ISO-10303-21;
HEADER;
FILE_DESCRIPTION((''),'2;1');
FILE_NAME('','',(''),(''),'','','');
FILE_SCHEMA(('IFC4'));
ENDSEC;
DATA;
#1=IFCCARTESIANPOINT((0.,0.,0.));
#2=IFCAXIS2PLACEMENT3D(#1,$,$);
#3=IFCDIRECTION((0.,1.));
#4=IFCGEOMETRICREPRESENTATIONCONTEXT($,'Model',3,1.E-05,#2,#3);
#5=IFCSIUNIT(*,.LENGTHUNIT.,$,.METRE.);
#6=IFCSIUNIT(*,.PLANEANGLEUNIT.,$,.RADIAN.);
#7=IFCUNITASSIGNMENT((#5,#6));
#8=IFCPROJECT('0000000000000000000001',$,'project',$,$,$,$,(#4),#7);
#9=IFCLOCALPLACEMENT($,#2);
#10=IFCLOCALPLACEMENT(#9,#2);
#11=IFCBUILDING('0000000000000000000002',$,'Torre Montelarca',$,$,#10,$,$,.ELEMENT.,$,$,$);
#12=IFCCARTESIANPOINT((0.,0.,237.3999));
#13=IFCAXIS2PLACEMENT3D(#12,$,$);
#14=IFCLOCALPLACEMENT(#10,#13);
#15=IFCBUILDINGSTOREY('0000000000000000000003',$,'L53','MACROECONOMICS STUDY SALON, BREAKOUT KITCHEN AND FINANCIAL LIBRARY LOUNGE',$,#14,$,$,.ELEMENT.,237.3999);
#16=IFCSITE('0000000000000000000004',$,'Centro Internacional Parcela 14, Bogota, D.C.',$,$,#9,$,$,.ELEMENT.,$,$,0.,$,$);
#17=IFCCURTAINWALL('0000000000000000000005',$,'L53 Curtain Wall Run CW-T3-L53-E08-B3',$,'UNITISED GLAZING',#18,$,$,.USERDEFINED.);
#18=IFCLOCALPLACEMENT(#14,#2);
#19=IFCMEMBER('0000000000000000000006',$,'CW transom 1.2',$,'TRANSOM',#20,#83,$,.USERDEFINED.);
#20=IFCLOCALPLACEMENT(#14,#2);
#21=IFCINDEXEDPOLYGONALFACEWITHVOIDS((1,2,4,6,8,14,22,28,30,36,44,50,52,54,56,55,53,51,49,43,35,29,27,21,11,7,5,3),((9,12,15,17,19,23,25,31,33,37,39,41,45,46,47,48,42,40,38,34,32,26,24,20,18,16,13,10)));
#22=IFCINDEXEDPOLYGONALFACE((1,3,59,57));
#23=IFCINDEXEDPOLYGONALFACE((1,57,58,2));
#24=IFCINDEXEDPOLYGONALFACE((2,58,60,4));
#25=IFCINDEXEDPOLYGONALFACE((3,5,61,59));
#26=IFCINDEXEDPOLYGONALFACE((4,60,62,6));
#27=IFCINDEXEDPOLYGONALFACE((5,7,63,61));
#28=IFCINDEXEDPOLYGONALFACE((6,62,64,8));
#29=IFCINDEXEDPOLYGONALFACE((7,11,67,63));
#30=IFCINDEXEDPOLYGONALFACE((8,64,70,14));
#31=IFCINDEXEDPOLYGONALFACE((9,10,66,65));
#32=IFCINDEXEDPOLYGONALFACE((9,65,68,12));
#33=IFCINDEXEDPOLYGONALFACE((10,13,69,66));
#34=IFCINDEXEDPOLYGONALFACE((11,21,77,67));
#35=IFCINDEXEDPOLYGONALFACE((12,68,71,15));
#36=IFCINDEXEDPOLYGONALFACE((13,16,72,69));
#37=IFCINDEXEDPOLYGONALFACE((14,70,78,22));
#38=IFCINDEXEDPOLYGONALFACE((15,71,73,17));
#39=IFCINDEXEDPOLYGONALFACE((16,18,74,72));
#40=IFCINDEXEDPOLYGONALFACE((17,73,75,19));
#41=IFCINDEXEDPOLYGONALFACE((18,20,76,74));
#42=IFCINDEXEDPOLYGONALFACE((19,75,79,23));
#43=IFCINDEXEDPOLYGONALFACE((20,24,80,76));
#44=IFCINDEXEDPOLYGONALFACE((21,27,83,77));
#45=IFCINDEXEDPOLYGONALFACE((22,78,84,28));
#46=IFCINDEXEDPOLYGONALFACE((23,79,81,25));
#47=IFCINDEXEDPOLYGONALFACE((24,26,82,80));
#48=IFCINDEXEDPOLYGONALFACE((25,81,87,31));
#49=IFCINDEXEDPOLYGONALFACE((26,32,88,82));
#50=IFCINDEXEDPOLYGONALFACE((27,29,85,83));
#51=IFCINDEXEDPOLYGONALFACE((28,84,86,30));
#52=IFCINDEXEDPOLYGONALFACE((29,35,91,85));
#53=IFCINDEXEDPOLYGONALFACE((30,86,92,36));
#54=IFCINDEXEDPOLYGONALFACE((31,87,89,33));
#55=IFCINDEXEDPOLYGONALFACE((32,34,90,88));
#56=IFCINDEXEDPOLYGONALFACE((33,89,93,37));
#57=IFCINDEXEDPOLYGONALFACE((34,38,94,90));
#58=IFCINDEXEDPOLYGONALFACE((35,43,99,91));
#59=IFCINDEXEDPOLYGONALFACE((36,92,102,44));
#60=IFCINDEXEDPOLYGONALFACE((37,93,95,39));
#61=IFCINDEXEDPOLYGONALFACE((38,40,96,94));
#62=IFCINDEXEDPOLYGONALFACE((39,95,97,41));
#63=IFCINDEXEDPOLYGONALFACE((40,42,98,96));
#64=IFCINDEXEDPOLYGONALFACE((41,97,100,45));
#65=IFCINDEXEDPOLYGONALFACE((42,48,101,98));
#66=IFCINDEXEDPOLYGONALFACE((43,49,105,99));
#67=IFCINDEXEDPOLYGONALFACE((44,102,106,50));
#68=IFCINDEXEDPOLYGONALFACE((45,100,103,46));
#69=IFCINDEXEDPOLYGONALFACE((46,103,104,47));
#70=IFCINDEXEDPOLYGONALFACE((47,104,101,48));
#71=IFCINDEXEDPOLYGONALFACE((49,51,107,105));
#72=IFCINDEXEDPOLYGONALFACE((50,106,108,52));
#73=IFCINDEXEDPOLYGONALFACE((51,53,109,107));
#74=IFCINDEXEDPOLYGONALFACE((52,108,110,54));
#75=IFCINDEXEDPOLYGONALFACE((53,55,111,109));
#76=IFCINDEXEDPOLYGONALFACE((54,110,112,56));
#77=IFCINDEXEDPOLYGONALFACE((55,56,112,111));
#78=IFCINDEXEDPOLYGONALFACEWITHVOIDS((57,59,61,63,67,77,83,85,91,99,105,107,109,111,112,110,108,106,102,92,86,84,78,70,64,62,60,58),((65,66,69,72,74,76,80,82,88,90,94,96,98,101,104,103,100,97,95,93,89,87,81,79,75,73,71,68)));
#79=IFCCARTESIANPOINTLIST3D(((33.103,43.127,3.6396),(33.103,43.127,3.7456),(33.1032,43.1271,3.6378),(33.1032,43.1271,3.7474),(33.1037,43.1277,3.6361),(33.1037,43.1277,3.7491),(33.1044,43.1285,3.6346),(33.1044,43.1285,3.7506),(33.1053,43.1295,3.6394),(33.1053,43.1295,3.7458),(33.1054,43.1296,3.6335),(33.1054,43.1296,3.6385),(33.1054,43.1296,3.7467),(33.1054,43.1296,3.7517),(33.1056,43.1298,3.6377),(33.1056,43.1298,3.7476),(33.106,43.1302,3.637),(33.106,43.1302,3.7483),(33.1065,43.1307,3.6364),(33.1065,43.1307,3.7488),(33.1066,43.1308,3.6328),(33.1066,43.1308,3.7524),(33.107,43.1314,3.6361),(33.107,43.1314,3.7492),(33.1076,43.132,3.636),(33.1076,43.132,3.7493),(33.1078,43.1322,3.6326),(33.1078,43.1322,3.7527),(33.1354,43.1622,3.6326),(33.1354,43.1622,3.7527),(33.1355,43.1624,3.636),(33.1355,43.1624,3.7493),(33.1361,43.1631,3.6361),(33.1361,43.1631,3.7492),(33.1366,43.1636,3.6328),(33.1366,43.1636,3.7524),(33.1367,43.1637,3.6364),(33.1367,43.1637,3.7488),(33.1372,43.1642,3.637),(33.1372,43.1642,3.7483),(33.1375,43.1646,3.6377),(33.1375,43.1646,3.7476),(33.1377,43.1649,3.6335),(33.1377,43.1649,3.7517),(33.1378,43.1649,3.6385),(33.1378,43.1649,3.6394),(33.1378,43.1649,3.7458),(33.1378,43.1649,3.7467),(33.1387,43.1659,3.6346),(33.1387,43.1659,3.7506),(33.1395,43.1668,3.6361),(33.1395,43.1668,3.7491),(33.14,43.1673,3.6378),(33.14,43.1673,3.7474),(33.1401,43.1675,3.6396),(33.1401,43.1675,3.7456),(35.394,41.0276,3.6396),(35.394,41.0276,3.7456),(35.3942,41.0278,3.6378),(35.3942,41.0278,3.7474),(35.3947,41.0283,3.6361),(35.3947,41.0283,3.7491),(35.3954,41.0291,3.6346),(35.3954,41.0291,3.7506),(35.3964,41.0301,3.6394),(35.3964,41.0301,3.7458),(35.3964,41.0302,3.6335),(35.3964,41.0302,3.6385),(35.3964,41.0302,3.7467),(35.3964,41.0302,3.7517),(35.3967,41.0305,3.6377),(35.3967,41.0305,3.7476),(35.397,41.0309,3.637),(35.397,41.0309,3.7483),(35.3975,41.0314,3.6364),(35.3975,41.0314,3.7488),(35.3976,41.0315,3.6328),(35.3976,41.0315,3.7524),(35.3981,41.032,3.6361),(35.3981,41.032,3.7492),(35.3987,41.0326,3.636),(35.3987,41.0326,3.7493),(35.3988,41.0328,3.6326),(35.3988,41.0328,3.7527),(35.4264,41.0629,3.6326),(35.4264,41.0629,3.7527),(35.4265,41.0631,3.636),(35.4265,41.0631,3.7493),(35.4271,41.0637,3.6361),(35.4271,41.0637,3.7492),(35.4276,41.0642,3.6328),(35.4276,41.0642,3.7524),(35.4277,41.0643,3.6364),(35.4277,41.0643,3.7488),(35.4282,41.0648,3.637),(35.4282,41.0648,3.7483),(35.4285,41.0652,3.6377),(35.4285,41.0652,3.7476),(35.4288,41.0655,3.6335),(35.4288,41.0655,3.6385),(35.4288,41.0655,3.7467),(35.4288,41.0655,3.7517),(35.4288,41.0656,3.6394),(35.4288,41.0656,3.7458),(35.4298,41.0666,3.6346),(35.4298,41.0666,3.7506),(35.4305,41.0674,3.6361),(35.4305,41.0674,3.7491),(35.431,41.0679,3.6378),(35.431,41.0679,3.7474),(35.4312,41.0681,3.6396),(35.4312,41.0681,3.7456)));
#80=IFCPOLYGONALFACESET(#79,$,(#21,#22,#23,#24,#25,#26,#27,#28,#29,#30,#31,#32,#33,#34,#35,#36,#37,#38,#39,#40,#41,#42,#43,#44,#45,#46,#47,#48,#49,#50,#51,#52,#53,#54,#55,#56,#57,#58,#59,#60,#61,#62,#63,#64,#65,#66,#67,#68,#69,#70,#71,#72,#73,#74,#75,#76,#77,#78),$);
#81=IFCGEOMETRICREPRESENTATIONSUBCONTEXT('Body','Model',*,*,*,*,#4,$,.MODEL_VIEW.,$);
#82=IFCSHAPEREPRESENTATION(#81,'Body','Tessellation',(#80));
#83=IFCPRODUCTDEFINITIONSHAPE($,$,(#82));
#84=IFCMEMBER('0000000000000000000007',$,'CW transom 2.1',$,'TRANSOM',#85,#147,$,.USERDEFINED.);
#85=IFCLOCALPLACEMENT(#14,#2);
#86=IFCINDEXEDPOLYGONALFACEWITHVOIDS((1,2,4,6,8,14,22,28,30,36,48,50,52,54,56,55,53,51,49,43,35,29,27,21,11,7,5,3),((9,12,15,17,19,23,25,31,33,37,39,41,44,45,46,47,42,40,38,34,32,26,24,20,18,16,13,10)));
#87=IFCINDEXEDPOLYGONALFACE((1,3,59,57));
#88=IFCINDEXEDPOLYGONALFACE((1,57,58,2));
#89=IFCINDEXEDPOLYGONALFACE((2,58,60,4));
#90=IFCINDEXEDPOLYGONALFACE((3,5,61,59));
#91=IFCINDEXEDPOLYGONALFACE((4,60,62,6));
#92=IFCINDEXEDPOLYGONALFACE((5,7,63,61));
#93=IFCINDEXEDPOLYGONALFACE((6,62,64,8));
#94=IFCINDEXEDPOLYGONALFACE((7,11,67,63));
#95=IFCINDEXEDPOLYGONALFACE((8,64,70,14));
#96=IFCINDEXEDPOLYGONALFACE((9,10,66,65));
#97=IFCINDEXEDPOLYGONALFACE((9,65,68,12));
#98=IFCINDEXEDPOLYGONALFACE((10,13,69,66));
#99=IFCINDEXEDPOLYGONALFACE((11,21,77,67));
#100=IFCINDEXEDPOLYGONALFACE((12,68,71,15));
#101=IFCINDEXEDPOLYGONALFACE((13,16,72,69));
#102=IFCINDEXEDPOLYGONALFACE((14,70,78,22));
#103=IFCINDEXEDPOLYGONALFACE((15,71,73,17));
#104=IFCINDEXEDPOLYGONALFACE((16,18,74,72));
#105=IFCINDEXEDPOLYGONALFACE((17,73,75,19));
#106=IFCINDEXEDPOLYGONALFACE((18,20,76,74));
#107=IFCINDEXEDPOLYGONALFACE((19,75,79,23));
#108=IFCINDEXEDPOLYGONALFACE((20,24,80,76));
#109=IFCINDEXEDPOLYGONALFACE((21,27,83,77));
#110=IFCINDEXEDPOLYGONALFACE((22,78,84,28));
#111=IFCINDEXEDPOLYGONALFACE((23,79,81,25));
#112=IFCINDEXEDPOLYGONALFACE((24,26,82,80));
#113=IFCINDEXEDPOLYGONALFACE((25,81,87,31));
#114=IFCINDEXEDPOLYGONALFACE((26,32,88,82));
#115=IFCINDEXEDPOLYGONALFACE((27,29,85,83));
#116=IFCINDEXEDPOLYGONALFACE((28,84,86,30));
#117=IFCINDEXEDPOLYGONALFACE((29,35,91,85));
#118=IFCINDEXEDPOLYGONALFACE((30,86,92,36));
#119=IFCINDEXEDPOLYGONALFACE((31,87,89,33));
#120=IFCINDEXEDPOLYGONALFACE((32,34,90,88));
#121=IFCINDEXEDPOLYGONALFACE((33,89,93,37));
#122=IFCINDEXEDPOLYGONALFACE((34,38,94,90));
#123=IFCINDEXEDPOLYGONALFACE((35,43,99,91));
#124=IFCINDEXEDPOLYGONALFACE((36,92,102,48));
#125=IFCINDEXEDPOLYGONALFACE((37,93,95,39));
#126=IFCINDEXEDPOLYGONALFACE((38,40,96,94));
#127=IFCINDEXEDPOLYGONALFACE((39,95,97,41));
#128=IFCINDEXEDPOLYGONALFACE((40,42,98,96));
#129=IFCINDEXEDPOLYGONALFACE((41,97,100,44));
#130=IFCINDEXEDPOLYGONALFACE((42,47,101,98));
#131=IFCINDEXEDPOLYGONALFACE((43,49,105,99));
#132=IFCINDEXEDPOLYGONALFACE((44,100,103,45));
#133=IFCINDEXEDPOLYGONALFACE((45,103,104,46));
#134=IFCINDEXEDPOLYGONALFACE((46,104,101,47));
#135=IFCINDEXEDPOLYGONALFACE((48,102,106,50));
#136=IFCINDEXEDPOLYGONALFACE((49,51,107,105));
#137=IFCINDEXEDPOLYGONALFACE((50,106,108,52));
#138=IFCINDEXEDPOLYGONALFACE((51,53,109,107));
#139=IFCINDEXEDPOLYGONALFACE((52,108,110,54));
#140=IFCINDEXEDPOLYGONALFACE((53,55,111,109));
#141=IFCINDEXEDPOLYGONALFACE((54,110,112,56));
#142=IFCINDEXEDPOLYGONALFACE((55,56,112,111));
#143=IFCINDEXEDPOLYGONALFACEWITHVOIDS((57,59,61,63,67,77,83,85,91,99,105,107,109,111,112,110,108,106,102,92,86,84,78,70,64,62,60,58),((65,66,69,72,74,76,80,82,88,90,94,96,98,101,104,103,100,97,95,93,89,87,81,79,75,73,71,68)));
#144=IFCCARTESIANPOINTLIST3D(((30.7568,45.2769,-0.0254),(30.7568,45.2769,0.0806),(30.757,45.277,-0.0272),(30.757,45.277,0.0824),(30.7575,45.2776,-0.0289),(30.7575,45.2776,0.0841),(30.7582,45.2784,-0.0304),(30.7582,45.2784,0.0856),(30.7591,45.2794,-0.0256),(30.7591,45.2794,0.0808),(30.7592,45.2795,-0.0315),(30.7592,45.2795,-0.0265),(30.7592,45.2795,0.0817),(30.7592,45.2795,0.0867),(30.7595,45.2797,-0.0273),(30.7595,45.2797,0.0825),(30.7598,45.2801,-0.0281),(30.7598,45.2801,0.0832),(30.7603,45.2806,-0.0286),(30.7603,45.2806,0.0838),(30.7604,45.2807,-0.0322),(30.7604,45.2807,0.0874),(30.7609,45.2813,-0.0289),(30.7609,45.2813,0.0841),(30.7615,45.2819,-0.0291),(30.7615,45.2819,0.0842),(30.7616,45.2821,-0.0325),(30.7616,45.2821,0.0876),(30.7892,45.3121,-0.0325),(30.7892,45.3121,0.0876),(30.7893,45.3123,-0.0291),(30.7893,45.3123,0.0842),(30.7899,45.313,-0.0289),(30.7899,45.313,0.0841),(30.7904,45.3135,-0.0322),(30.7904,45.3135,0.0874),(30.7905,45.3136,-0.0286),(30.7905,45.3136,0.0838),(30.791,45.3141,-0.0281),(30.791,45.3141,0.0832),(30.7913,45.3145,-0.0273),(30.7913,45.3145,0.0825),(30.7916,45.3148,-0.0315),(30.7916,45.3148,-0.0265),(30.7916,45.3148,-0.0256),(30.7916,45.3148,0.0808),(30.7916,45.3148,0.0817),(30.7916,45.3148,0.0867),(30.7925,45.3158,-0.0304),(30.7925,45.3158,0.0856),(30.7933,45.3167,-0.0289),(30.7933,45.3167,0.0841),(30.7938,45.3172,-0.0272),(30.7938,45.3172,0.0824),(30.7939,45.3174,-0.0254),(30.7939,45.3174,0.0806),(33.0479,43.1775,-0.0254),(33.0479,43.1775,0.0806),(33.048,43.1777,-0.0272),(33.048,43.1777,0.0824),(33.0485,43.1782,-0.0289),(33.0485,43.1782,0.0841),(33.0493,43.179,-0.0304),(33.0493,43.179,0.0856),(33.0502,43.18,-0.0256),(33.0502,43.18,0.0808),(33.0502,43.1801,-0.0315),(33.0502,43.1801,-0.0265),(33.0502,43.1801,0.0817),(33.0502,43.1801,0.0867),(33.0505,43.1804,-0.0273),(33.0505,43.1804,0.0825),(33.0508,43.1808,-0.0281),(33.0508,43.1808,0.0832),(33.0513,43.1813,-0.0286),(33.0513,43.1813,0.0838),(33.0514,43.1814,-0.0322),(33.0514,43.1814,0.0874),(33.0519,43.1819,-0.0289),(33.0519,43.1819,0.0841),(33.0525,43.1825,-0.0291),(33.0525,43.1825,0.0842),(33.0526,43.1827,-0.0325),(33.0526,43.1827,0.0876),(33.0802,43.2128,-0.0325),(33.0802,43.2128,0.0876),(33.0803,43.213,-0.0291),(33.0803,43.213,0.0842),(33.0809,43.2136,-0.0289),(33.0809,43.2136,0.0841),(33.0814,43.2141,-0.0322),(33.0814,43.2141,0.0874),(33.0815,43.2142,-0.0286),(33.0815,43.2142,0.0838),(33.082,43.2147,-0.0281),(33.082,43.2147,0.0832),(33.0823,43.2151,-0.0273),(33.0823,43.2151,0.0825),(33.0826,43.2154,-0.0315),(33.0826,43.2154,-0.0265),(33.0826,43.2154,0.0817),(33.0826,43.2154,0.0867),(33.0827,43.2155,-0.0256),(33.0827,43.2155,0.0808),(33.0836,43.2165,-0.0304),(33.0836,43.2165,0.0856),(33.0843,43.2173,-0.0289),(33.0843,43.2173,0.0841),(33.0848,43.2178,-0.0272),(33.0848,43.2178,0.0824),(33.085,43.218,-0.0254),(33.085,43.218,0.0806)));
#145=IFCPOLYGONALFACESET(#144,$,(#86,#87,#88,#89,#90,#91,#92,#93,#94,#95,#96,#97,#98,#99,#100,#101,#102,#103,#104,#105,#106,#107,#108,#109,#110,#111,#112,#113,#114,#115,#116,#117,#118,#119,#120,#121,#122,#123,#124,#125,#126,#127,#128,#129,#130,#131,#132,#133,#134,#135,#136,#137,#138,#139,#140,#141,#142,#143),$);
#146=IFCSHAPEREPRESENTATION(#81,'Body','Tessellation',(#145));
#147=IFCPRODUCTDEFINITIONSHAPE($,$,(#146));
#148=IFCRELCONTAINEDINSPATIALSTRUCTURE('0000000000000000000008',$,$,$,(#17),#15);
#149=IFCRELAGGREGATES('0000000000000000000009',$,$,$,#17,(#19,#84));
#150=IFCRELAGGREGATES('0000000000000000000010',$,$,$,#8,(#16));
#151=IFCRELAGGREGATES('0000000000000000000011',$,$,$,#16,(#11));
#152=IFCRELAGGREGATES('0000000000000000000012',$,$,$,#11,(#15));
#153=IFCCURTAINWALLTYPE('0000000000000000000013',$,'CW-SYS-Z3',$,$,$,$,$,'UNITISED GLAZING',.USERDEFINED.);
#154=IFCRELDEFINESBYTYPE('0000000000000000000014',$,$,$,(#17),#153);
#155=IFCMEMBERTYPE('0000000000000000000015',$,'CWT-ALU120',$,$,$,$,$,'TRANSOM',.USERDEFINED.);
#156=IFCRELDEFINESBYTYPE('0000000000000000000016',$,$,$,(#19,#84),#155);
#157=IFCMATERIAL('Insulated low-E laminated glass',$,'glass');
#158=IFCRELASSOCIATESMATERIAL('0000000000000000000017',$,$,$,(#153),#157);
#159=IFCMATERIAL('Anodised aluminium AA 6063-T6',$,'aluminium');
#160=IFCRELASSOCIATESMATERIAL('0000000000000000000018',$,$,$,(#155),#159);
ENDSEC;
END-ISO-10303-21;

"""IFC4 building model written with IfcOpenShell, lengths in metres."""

from ifc_helpers import new_model, si_unit, direction, frame, origin, origin_2d, place, context, subcontext, project, spatial, hollow_rectangle, extrude, source, transform, mapped, material, material_profile, profile_set, type_object, element, aggregate, save


model = new_model("IFC4")

# Units and contexts
model_context = context("Model", 3, precision=1e-05, world=origin(), true_north=direction((0.0, 1.0)))
body_context = subcontext(model_context, "Body", "Model", "MODEL_VIEW")
ifc_project = project(units=[si_unit("LENGTHUNIT", "METRE"), si_unit("PLANEANGLEUNIT", "RADIAN")], contexts=[model_context])

# Site, building, storey
site_placement = place(None, origin())
site = spatial("IfcSite", under=ifc_project, at=site_placement, Name="Centro Internacional Parcela 14, Bogota, D.C.", CompositionType="ELEMENT", RefElevation=0.0)
building_placement = place(site_placement, origin())
building = spatial("IfcBuilding", under=site, at=building_placement, Name="Torre Montelarca", CompositionType="ELEMENT")
storey_placement = place(building_placement, frame((0.0, 0.0, 237.3999)))
storey = spatial("IfcBuildingStorey", under=building, at=storey_placement, Name="L53", Description="MACROECONOMICS STUDY SALON, BREAKOUT KITCHEN AND FINANCIAL LIBRARY LOUNGE", CompositionType="ELEMENT", Elevation=237.3999)

# Curtain wall, members
ifc_material_1 = material(Name="Insulated low-E laminated glass", Category="glass")
curtain_wall_type = type_object("IfcCurtainWallType", Name="CW-SYS-Z3", ElementType="UNITISED GLAZING", PredefinedType="USERDEFINED", material=ifc_material_1)
ifc_material_2 = material(Name="Anodised aluminium AA 6063-T6", Category="aluminium")
ifc_material_profile_1 = material_profile(ifc_material_2, hollow_rectangle(XDim=0.0549, YDim=0.1201, WallThickness=0.0034, InnerFilletRadius=0.0034, OuterFilletRadius=0.0071, at=origin_2d()), Name="ALU55X120X3.5", Category="aluminium")
ifc_profile_set_1 = profile_set([ifc_material_profile_1], Name="Anodised aluminium AA 6063-T6")
member_type_1 = type_object("IfcMemberType", Name="CWT-ALU120", ElementType="TRANSOM", PredefinedType="USERDEFINED", material=ifc_profile_set_1)
shared_shape_1 = source(origin(), body_context, "Body", "SweptSolid", [
    extrude(hollow_rectangle(XDim=0.0549, YDim=0.1201, WallThickness=0.0034, InnerFilletRadius=0.0034, OuterFilletRadius=0.0071, at=origin_2d()), origin(), (0.0, 0.0, 1.0), 3.1074),
])
curtain_wall_1_placement = place(storey_placement, origin())
curtain_wall_1 = element("IfcCurtainWall", 1, at=curtain_wall_1_placement, inside=storey, type_object=curtain_wall_type, Name="L53 Curtain Wall Run CW-T3-L53-E08-B3", ObjectType="UNITISED GLAZING", PredefinedType="USERDEFINED")
member_1_placement = place(storey_placement, frame((35.4126, 41.0479, 3.6926), z_axis=(-0.737272, 0.675597, 0.0), x_axis=(-0.675597, -0.737272, 0.0)))
member_1 = element("IfcMember", 2, at=member_1_placement, type_object=member_type_1, Name="CW transom 1.2", ObjectType="TRANSOM", PredefinedType="USERDEFINED", context=body_context, shape_type="MappedRepresentation", body=[
    mapped(shared_shape_1, transform((0.0, 0.0, 0.0), scale=1.0)),
])
member_2_placement = place(storey_placement, frame((33.0664, 43.1978, 0.0276), z_axis=(-0.737272, 0.675597, 0.0), x_axis=(-0.675597, -0.737272, 0.0)))
member_2 = element("IfcMember", 3, at=member_2_placement, type_object=member_type_1, Name="CW transom 2.1", ObjectType="TRANSOM", PredefinedType="USERDEFINED", context=body_context, shape_type="MappedRepresentation", body=[
    mapped(shared_shape_1, transform((0.0, 0.0, 0.0), scale=1.0)),
])

aggregate(curtain_wall_1, [member_1, member_2])

save(model, "model.ifc")
